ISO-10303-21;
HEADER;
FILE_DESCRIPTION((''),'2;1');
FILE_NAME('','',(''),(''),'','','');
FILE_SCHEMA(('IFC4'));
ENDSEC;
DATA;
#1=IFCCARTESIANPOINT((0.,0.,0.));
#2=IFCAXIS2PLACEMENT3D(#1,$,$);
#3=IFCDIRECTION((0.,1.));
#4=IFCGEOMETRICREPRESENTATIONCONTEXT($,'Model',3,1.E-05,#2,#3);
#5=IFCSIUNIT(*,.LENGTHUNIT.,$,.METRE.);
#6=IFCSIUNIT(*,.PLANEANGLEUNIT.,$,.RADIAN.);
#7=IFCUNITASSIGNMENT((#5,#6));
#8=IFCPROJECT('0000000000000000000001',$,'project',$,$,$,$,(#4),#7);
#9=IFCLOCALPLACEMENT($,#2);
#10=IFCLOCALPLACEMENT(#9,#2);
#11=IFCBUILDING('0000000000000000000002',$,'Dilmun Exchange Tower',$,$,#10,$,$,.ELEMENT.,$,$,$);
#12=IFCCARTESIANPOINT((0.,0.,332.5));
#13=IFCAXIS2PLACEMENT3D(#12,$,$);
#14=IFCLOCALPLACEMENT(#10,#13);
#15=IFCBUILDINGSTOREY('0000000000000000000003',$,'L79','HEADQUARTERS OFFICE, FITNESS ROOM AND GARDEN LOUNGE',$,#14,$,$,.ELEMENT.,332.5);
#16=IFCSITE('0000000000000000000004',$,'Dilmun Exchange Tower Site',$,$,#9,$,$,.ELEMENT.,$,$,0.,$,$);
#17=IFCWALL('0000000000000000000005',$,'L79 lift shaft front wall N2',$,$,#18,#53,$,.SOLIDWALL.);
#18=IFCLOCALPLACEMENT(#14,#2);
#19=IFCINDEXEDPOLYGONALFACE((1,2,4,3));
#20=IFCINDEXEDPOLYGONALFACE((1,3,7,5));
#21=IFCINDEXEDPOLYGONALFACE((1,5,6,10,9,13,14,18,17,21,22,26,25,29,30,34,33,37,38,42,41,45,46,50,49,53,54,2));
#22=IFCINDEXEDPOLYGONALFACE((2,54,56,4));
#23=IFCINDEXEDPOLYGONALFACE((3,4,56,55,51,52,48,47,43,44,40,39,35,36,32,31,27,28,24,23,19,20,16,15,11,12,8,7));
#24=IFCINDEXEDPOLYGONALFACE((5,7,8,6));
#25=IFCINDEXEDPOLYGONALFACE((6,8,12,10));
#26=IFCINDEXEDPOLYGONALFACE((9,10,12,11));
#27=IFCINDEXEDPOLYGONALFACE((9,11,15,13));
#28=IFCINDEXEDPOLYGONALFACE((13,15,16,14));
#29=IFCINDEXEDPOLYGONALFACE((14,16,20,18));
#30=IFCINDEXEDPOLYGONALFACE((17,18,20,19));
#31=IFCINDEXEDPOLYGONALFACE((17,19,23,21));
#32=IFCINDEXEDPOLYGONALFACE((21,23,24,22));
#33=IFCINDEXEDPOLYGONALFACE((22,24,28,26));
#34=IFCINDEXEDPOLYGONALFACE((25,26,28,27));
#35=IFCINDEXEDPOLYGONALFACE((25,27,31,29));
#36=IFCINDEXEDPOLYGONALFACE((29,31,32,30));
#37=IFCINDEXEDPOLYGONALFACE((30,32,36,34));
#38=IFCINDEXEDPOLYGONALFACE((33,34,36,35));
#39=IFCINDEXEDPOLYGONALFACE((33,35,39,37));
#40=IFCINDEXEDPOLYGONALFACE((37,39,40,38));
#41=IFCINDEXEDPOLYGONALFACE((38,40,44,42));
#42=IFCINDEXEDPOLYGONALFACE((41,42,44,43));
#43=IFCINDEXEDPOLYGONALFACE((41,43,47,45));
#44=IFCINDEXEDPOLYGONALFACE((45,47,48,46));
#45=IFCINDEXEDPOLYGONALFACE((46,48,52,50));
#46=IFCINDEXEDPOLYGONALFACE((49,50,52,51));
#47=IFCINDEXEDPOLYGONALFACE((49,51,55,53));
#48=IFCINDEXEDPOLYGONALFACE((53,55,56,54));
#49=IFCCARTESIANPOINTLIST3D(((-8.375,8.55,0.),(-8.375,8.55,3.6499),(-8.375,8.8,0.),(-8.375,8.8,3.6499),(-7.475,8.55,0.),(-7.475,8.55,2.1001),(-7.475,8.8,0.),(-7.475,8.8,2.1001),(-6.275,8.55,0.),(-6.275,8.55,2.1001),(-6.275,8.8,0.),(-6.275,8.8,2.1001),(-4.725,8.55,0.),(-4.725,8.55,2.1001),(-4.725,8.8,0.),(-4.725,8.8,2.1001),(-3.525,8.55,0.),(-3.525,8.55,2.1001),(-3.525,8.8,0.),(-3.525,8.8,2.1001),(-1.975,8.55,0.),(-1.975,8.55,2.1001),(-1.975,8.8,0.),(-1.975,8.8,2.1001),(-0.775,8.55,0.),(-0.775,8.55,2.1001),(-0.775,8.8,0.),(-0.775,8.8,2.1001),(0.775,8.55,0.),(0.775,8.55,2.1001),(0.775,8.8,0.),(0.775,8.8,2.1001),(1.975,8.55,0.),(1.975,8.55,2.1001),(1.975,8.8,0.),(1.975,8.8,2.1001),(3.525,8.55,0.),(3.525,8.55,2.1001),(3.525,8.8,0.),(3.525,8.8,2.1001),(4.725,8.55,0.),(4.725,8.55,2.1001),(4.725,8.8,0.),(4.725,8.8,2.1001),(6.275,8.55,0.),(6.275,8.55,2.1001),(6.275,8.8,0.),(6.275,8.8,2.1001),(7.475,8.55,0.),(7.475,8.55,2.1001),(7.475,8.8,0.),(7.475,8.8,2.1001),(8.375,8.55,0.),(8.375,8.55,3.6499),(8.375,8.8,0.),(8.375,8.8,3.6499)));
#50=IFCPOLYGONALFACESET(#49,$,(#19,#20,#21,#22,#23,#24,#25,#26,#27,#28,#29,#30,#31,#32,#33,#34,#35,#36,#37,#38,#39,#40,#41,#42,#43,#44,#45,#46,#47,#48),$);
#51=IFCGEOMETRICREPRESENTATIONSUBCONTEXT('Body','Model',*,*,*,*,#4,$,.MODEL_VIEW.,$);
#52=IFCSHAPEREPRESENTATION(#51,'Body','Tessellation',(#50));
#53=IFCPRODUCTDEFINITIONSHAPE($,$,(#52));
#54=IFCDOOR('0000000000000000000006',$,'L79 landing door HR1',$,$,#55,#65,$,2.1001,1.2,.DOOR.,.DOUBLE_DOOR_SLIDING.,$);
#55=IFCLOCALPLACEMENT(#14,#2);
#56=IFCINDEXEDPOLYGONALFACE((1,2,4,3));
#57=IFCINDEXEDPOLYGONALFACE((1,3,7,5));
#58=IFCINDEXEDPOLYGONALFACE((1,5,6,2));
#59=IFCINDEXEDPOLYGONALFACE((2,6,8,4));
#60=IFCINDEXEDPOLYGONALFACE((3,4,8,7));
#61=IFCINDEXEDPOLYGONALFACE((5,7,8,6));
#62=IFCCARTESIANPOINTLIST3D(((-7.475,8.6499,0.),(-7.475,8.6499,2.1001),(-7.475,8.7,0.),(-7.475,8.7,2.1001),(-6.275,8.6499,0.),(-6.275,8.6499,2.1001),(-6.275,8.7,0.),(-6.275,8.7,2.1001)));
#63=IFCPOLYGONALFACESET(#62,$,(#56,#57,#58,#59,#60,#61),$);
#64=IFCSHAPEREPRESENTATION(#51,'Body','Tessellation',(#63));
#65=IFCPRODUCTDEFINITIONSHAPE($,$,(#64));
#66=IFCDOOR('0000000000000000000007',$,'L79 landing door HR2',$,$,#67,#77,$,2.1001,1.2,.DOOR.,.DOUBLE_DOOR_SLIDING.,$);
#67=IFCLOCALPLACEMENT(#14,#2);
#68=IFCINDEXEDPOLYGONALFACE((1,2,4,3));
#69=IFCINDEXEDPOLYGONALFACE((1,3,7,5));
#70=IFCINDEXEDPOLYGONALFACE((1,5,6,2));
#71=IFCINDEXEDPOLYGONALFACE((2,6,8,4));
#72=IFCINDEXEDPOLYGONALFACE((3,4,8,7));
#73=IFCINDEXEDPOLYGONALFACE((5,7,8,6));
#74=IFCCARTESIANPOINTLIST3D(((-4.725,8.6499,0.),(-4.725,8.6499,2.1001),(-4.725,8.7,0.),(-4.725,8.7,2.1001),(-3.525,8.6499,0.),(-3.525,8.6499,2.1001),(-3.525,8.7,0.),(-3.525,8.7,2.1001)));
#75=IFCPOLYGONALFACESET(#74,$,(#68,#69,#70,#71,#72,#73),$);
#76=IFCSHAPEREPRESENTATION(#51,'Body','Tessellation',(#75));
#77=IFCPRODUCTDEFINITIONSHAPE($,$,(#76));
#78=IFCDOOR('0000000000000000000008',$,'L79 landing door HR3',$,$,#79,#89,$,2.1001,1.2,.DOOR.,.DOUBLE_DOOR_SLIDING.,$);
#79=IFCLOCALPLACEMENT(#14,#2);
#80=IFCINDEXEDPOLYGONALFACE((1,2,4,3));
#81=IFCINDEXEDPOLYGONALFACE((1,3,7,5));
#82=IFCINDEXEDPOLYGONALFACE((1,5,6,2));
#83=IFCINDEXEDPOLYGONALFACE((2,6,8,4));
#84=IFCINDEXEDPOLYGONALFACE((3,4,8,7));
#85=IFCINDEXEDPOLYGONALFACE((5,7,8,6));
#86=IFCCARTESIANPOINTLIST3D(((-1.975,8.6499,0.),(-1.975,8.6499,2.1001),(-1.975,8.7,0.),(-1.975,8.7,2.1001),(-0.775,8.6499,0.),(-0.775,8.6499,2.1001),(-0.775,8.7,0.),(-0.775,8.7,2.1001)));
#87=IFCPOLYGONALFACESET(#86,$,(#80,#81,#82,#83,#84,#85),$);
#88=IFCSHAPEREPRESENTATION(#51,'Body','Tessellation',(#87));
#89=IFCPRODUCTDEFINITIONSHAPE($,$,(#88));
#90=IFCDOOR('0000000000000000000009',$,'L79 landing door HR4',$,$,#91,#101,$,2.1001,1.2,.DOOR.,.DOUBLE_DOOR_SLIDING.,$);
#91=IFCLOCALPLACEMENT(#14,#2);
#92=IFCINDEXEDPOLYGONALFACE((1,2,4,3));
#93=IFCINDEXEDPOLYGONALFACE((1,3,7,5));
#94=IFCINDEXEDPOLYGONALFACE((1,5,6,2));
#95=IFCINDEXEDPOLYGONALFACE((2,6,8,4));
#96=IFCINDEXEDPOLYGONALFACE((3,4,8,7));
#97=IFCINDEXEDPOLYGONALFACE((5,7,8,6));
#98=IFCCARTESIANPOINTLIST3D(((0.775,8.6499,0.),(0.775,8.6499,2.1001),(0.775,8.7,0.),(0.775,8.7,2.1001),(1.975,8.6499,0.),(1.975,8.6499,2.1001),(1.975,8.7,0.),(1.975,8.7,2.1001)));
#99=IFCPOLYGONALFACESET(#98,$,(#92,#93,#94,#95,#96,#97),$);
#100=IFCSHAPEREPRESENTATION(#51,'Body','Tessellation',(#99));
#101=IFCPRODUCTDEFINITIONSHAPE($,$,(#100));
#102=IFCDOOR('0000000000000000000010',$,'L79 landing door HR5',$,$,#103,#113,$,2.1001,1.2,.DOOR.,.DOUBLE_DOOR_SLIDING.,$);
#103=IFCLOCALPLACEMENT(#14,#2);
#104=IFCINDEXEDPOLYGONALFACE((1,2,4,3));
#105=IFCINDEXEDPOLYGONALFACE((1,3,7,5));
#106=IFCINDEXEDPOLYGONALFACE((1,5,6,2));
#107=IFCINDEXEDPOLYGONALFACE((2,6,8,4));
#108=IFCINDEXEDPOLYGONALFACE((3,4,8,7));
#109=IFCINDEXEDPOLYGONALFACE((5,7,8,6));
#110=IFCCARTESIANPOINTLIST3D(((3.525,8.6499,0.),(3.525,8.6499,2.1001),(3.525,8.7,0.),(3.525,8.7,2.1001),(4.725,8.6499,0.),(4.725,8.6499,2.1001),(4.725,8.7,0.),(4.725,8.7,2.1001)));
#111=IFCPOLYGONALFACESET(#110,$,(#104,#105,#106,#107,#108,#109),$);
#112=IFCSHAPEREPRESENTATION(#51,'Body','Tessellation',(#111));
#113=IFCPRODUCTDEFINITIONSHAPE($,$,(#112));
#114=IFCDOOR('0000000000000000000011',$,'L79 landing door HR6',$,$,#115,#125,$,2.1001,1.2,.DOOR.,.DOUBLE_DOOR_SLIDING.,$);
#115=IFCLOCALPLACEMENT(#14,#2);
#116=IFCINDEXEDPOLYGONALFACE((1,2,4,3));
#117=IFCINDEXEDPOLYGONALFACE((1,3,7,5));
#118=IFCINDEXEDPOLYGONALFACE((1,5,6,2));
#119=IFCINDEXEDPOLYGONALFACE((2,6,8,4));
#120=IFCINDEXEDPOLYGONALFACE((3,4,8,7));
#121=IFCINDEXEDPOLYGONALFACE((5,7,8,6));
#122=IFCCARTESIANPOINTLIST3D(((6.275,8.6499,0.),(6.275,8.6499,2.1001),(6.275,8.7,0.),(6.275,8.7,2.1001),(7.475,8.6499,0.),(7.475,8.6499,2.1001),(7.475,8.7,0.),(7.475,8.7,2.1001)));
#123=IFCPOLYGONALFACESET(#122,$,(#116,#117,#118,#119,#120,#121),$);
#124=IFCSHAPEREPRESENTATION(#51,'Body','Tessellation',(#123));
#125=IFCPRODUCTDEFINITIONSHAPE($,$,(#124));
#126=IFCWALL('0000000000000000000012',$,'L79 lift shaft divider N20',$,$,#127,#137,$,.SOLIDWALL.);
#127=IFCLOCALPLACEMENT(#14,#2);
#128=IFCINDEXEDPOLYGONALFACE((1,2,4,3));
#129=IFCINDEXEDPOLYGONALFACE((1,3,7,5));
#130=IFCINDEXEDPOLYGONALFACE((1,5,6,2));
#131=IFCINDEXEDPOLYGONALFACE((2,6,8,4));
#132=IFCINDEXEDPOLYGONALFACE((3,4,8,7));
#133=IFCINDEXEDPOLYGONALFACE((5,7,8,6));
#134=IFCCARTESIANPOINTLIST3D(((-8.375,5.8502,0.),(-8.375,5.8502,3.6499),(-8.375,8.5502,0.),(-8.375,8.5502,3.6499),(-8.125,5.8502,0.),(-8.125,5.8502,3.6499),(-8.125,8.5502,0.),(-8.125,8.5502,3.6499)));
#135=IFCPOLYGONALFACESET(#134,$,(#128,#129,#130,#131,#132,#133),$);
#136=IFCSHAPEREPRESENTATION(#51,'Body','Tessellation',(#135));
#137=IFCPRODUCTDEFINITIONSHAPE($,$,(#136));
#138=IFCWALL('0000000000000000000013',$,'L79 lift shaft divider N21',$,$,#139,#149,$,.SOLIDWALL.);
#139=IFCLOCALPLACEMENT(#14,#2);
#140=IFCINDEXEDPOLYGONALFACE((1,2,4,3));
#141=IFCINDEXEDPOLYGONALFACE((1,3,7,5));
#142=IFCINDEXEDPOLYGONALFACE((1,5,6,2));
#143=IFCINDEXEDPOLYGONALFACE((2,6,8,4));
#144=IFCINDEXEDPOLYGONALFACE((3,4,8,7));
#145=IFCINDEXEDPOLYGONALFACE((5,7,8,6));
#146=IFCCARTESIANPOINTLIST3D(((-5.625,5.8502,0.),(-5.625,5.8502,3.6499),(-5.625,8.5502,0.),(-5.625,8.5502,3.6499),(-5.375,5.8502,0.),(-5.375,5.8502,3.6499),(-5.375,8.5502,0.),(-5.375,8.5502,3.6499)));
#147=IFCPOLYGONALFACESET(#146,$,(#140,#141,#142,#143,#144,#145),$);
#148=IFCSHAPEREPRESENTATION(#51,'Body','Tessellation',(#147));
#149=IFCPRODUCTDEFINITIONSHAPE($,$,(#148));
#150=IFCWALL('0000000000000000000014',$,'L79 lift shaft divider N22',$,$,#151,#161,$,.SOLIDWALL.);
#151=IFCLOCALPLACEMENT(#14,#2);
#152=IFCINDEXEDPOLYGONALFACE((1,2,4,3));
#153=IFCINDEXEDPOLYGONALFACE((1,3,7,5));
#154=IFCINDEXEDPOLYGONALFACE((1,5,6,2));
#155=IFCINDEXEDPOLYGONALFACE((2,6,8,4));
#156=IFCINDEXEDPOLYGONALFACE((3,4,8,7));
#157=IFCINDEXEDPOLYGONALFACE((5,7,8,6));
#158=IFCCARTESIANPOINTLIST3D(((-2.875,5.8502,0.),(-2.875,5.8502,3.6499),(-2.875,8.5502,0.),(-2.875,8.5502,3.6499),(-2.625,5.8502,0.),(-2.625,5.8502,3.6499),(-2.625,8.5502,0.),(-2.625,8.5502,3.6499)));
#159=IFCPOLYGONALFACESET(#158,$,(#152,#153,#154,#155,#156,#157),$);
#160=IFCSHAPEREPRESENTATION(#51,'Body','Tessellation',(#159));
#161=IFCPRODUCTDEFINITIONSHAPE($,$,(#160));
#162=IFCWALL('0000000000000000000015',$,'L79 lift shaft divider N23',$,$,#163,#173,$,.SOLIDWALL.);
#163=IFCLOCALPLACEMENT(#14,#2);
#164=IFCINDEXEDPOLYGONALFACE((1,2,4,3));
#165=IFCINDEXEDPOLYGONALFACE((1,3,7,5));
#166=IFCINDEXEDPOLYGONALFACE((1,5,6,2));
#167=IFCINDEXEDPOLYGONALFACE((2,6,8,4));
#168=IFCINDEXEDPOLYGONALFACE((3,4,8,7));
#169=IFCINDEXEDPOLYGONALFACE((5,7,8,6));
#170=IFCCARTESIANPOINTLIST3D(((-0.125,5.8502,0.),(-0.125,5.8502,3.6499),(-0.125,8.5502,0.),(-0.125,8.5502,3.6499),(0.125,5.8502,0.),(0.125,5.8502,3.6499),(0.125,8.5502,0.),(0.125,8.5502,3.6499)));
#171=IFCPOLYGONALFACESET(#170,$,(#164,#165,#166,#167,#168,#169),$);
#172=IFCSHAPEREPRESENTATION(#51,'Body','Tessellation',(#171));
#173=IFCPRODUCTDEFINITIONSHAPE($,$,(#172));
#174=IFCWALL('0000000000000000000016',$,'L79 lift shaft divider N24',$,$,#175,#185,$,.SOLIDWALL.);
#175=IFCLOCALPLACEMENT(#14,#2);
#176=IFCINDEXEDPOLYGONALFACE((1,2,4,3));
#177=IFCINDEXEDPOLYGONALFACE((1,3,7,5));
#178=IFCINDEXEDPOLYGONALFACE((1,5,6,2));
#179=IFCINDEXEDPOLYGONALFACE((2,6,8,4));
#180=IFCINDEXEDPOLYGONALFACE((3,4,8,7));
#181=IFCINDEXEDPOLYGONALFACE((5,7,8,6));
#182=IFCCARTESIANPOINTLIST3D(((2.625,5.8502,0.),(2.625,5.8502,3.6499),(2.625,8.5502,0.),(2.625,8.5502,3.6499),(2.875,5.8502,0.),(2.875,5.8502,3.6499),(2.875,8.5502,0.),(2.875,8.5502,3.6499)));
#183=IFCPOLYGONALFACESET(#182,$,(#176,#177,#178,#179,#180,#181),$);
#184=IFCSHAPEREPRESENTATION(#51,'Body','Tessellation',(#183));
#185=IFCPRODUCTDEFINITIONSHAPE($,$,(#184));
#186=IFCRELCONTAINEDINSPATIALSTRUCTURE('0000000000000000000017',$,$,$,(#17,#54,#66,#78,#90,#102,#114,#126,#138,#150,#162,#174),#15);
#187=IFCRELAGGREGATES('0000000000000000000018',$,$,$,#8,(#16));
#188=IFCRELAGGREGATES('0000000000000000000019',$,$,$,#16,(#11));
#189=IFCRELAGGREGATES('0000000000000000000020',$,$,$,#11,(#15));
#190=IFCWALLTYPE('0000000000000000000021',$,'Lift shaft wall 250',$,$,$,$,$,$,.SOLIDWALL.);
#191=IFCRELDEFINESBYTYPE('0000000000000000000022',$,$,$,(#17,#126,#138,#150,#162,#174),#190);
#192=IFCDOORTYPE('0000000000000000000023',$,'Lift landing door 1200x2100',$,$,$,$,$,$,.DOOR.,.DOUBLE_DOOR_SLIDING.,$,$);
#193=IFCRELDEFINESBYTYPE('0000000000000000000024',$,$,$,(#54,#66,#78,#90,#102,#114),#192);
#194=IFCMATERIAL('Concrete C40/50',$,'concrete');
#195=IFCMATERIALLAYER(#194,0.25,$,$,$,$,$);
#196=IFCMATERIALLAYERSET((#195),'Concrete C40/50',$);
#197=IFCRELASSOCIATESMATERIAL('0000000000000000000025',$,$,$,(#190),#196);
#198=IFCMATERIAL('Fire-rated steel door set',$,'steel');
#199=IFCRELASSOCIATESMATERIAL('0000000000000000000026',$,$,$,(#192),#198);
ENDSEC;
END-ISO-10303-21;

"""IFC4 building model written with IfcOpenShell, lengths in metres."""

from ifc_helpers import new_model, si_unit, direction, frame, frame_2d, origin, place, context, subcontext, project, spatial, rectangle, extrude, material, layer, layer_set, type_object, element, fill, save


model = new_model("IFC4")

# Units and contexts
model_context = context("Model", 3, precision=1e-05, world=origin(), true_north=direction((0.0, 1.0)))
body_context = subcontext(model_context, "Body", "Model", "MODEL_VIEW")
ifc_project = project(units=[si_unit("LENGTHUNIT", "METRE"), si_unit("PLANEANGLEUNIT", "RADIAN")], contexts=[model_context])

# Site, building, storey
site_placement = place(None, origin())
site = spatial("IfcSite", under=ifc_project, at=site_placement, Name="Dilmun Exchange Tower Site", CompositionType="ELEMENT", RefElevation=0.0)
building_placement = place(site_placement, origin())
building = spatial("IfcBuilding", under=site, at=building_placement, Name="Dilmun Exchange Tower", CompositionType="ELEMENT")
storey_placement = place(building_placement, frame((0.0, 0.0, 332.5)))
storey = spatial("IfcBuildingStorey", under=building, at=storey_placement, Name="L79", Description="HEADQUARTERS OFFICE, FITNESS ROOM AND GARDEN LOUNGE", CompositionType="ELEMENT", Elevation=332.5)

# Shared definitions
ifc_material_1 = material(Name="Concrete C40/50", Category="concrete")

# Shared definitions
ifc_material_2 = material(Name="Fire-rated steel door set", Category="steel")

# Wall, openings, doors
ifc_layer_1 = layer(ifc_material_1, 0.25)
ifc_layer_set_1 = layer_set([ifc_layer_1], Name="Concrete C40/50")
wall_type_1 = type_object("IfcWallType", Name="Lift shaft wall 250", PredefinedType="SOLIDWALL", material=ifc_layer_set_1)
wall_1_placement = place(storey_placement, frame((-8.375, 8.675, 0.0), z_axis=(0.0, 0.0, 1.0), x_axis=(1.0, 0.0, 0.0)))
wall_1 = element("IfcWall", 1, at=wall_1_placement, inside=storey, type_object=wall_type_1, Name="L79 lift shaft front wall N2", PredefinedType="SOLIDWALL", context=body_context, shape_type="SweptSolid", body=[
    extrude(rectangle(XDim=16.75, YDim=0.25, at=frame_2d((8.375, 0.0))), origin(), (0.0, 0.0, 1.0), 3.6499),
])
opening_1_placement = place(wall_1_placement, frame((0.8999, 0.0, 0.0)))
opening_1 = element("IfcOpeningElement", 2, at=opening_1_placement, cuts=wall_1, PredefinedType="OPENING", context=body_context, shape_type="SweptSolid", body=[
    extrude(rectangle(XDim=1.2, YDim=2.1001, at=frame_2d((0.6001, 1.05))), frame((0.0, 0.135, 0.0), z_axis=(0.0, -1.0, 0.0), x_axis=(1.0, 0.0, 0.0)), (0.0, 0.0, 1.0), 0.27),
])
opening_2_placement = place(wall_1_placement, frame((3.6499, 0.0, 0.0)))
opening_2 = element("IfcOpeningElement", 3, at=opening_2_placement, cuts=wall_1, PredefinedType="OPENING", context=body_context, shape_type="SweptSolid", body=[
    extrude(rectangle(XDim=1.2, YDim=2.1001, at=frame_2d((0.6001, 1.05))), frame((0.0, 0.135, 0.0), z_axis=(0.0, -1.0, 0.0), x_axis=(1.0, 0.0, 0.0)), (0.0, 0.0, 1.0), 0.27),
])
opening_3_placement = place(wall_1_placement, frame((6.3999, 0.0, 0.0)))
opening_3 = element("IfcOpeningElement", 4, at=opening_3_placement, cuts=wall_1, PredefinedType="OPENING", context=body_context, shape_type="SweptSolid", body=[
    extrude(rectangle(XDim=1.2, YDim=2.1001, at=frame_2d((0.6001, 1.05))), frame((0.0, 0.135, 0.0), z_axis=(0.0, -1.0, 0.0), x_axis=(1.0, 0.0, 0.0)), (0.0, 0.0, 1.0), 0.27),
])
opening_4_placement = place(wall_1_placement, frame((9.1499, 0.0, 0.0)))
opening_4 = element("IfcOpeningElement", 5, at=opening_4_placement, cuts=wall_1, PredefinedType="OPENING", context=body_context, shape_type="SweptSolid", body=[
    extrude(rectangle(XDim=1.2, YDim=2.1001, at=frame_2d((0.6001, 1.05))), frame((0.0, 0.135, 0.0), z_axis=(0.0, -1.0, 0.0), x_axis=(1.0, 0.0, 0.0)), (0.0, 0.0, 1.0), 0.27),
])
opening_5_placement = place(wall_1_placement, frame((11.8999, 0.0, 0.0)))
opening_5 = element("IfcOpeningElement", 6, at=opening_5_placement, cuts=wall_1, PredefinedType="OPENING", context=body_context, shape_type="SweptSolid", body=[
    extrude(rectangle(XDim=1.2, YDim=2.1001, at=frame_2d((0.6001, 1.05))), frame((0.0, 0.135, 0.0), z_axis=(0.0, -1.0, 0.0), x_axis=(1.0, 0.0, 0.0)), (0.0, 0.0, 1.0), 0.27),
])
opening_6_placement = place(wall_1_placement, frame((14.6499, 0.0, 0.0)))
opening_6 = element("IfcOpeningElement", 7, at=opening_6_placement, cuts=wall_1, PredefinedType="OPENING", context=body_context, shape_type="SweptSolid", body=[
    extrude(rectangle(XDim=1.2, YDim=2.1001, at=frame_2d((0.6001, 1.05))), frame((0.0, 0.135, 0.0), z_axis=(0.0, -1.0, 0.0), x_axis=(1.0, 0.0, 0.0)), (0.0, 0.0, 1.0), 0.27),
])
door_type_1 = type_object("IfcDoorType", Name="Lift landing door 1200x2100", OperationType="DOUBLE_DOOR_SLIDING", PredefinedType="DOOR", material=ifc_material_2)
door_1_placement = place(opening_1_placement, origin())
door_1 = element("IfcDoor", 8, at=door_1_placement, inside=storey, type_object=door_type_1, Name="L79 landing door HR1", OperationType="DOUBLE_DOOR_SLIDING", OverallHeight=2.1001, OverallWidth=1.2, PredefinedType="DOOR", context=body_context, shape_type="SweptSolid", body=[
    extrude(rectangle(XDim=1.2, YDim=2.1001, at=frame_2d((0.6001, 1.05))), frame((0.0, 0.0249, 0.0), z_axis=(0.0, -1.0, 0.0), x_axis=(1.0, 0.0, 0.0)), (0.0, 0.0, 1.0), 0.05),
])
fill(opening_1, door_1)
door_2_placement = place(opening_2_placement, origin())
door_2 = element("IfcDoor", 9, at=door_2_placement, inside=storey, type_object=door_type_1, Name="L79 landing door HR2", OperationType="DOUBLE_DOOR_SLIDING", OverallHeight=2.1001, OverallWidth=1.2, PredefinedType="DOOR", context=body_context, shape_type="SweptSolid", body=[
    extrude(rectangle(XDim=1.2, YDim=2.1001, at=frame_2d((0.6001, 1.05))), frame((0.0, 0.0249, 0.0), z_axis=(0.0, -1.0, 0.0), x_axis=(1.0, 0.0, 0.0)), (0.0, 0.0, 1.0), 0.05),
])
fill(opening_2, door_2)
door_3_placement = place(opening_3_placement, origin())
door_3 = element("IfcDoor", 10, at=door_3_placement, inside=storey, type_object=door_type_1, Name="L79 landing door HR3", OperationType="DOUBLE_DOOR_SLIDING", OverallHeight=2.1001, OverallWidth=1.2, PredefinedType="DOOR", context=body_context, shape_type="SweptSolid", body=[
    extrude(rectangle(XDim=1.2, YDim=2.1001, at=frame_2d((0.6001, 1.05))), frame((0.0, 0.0249, 0.0), z_axis=(0.0, -1.0, 0.0), x_axis=(1.0, 0.0, 0.0)), (0.0, 0.0, 1.0), 0.05),
])
fill(opening_3, door_3)
door_4_placement = place(opening_4_placement, origin())
door_4 = element("IfcDoor", 11, at=door_4_placement, inside=storey, type_object=door_type_1, Name="L79 landing door HR4", OperationType="DOUBLE_DOOR_SLIDING", OverallHeight=2.1001, OverallWidth=1.2, PredefinedType="DOOR", context=body_context, shape_type="SweptSolid", body=[
    extrude(rectangle(XDim=1.2, YDim=2.1001, at=frame_2d((0.6001, 1.05))), frame((0.0, 0.0249, 0.0), z_axis=(0.0, -1.0, 0.0), x_axis=(1.0, 0.0, 0.0)), (0.0, 0.0, 1.0), 0.05),
])
fill(opening_4, door_4)
door_5_placement = place(opening_5_placement, origin())
door_5 = element("IfcDoor", 12, at=door_5_placement, inside=storey, type_object=door_type_1, Name="L79 landing door HR5", OperationType="DOUBLE_DOOR_SLIDING", OverallHeight=2.1001, OverallWidth=1.2, PredefinedType="DOOR", context=body_context, shape_type="SweptSolid", body=[
    extrude(rectangle(XDim=1.2, YDim=2.1001, at=frame_2d((0.6001, 1.05))), frame((0.0, 0.0249, 0.0), z_axis=(0.0, -1.0, 0.0), x_axis=(1.0, 0.0, 0.0)), (0.0, 0.0, 1.0), 0.05),
])
fill(opening_5, door_5)
door_6_placement = place(opening_6_placement, origin())
door_6 = element("IfcDoor", 13, at=door_6_placement, inside=storey, type_object=door_type_1, Name="L79 landing door HR6", OperationType="DOUBLE_DOOR_SLIDING", OverallHeight=2.1001, OverallWidth=1.2, PredefinedType="DOOR", context=body_context, shape_type="SweptSolid", body=[
    extrude(rectangle(XDim=1.2, YDim=2.1001, at=frame_2d((0.6001, 1.05))), frame((0.0, 0.0249, 0.0), z_axis=(0.0, -1.0, 0.0), x_axis=(1.0, 0.0, 0.0)), (0.0, 0.0, 1.0), 0.05),
])
fill(opening_6, door_6)

# Walls
for number, where, z_axis, x_axis, name in (
    (14, (-8.25, 5.8501, 0.0), (0.0, 0.0, 1.0), (0.0, 1.0, 0.0), "L79 lift shaft divider N20"),
    (15, (-5.5, 5.8501, 0.0), (0.0, 0.0, 1.0), (0.0, 1.0, 0.0), "L79 lift shaft divider N21"),
    (16, (-2.75, 5.8501, 0.0), (0.0, 0.0, 1.0), (0.0, 1.0, 0.0), "L79 lift shaft divider N22"),
    (17, (0.0, 5.8501, 0.0), (0.0, 0.0, 1.0), (0.0, 1.0, 0.0), "L79 lift shaft divider N23"),
    (18, (2.75, 5.8501, 0.0), (0.0, 0.0, 1.0), (0.0, 1.0, 0.0), "L79 lift shaft divider N24"),
):
    element("IfcWall", number, at=place(storey_placement, frame(where, z_axis=z_axis, x_axis=x_axis)), inside=storey, type_object=wall_type_1, Name=name, PredefinedType="SOLIDWALL", context=body_context, shape_type="SweptSolid", body=[
        extrude(rectangle(XDim=2.7, YDim=0.25, at=frame_2d((1.3501, 0.0))), origin(), (0.0, 0.0, 1.0), 3.6499),
    ])

save(model, "model.ifc")
